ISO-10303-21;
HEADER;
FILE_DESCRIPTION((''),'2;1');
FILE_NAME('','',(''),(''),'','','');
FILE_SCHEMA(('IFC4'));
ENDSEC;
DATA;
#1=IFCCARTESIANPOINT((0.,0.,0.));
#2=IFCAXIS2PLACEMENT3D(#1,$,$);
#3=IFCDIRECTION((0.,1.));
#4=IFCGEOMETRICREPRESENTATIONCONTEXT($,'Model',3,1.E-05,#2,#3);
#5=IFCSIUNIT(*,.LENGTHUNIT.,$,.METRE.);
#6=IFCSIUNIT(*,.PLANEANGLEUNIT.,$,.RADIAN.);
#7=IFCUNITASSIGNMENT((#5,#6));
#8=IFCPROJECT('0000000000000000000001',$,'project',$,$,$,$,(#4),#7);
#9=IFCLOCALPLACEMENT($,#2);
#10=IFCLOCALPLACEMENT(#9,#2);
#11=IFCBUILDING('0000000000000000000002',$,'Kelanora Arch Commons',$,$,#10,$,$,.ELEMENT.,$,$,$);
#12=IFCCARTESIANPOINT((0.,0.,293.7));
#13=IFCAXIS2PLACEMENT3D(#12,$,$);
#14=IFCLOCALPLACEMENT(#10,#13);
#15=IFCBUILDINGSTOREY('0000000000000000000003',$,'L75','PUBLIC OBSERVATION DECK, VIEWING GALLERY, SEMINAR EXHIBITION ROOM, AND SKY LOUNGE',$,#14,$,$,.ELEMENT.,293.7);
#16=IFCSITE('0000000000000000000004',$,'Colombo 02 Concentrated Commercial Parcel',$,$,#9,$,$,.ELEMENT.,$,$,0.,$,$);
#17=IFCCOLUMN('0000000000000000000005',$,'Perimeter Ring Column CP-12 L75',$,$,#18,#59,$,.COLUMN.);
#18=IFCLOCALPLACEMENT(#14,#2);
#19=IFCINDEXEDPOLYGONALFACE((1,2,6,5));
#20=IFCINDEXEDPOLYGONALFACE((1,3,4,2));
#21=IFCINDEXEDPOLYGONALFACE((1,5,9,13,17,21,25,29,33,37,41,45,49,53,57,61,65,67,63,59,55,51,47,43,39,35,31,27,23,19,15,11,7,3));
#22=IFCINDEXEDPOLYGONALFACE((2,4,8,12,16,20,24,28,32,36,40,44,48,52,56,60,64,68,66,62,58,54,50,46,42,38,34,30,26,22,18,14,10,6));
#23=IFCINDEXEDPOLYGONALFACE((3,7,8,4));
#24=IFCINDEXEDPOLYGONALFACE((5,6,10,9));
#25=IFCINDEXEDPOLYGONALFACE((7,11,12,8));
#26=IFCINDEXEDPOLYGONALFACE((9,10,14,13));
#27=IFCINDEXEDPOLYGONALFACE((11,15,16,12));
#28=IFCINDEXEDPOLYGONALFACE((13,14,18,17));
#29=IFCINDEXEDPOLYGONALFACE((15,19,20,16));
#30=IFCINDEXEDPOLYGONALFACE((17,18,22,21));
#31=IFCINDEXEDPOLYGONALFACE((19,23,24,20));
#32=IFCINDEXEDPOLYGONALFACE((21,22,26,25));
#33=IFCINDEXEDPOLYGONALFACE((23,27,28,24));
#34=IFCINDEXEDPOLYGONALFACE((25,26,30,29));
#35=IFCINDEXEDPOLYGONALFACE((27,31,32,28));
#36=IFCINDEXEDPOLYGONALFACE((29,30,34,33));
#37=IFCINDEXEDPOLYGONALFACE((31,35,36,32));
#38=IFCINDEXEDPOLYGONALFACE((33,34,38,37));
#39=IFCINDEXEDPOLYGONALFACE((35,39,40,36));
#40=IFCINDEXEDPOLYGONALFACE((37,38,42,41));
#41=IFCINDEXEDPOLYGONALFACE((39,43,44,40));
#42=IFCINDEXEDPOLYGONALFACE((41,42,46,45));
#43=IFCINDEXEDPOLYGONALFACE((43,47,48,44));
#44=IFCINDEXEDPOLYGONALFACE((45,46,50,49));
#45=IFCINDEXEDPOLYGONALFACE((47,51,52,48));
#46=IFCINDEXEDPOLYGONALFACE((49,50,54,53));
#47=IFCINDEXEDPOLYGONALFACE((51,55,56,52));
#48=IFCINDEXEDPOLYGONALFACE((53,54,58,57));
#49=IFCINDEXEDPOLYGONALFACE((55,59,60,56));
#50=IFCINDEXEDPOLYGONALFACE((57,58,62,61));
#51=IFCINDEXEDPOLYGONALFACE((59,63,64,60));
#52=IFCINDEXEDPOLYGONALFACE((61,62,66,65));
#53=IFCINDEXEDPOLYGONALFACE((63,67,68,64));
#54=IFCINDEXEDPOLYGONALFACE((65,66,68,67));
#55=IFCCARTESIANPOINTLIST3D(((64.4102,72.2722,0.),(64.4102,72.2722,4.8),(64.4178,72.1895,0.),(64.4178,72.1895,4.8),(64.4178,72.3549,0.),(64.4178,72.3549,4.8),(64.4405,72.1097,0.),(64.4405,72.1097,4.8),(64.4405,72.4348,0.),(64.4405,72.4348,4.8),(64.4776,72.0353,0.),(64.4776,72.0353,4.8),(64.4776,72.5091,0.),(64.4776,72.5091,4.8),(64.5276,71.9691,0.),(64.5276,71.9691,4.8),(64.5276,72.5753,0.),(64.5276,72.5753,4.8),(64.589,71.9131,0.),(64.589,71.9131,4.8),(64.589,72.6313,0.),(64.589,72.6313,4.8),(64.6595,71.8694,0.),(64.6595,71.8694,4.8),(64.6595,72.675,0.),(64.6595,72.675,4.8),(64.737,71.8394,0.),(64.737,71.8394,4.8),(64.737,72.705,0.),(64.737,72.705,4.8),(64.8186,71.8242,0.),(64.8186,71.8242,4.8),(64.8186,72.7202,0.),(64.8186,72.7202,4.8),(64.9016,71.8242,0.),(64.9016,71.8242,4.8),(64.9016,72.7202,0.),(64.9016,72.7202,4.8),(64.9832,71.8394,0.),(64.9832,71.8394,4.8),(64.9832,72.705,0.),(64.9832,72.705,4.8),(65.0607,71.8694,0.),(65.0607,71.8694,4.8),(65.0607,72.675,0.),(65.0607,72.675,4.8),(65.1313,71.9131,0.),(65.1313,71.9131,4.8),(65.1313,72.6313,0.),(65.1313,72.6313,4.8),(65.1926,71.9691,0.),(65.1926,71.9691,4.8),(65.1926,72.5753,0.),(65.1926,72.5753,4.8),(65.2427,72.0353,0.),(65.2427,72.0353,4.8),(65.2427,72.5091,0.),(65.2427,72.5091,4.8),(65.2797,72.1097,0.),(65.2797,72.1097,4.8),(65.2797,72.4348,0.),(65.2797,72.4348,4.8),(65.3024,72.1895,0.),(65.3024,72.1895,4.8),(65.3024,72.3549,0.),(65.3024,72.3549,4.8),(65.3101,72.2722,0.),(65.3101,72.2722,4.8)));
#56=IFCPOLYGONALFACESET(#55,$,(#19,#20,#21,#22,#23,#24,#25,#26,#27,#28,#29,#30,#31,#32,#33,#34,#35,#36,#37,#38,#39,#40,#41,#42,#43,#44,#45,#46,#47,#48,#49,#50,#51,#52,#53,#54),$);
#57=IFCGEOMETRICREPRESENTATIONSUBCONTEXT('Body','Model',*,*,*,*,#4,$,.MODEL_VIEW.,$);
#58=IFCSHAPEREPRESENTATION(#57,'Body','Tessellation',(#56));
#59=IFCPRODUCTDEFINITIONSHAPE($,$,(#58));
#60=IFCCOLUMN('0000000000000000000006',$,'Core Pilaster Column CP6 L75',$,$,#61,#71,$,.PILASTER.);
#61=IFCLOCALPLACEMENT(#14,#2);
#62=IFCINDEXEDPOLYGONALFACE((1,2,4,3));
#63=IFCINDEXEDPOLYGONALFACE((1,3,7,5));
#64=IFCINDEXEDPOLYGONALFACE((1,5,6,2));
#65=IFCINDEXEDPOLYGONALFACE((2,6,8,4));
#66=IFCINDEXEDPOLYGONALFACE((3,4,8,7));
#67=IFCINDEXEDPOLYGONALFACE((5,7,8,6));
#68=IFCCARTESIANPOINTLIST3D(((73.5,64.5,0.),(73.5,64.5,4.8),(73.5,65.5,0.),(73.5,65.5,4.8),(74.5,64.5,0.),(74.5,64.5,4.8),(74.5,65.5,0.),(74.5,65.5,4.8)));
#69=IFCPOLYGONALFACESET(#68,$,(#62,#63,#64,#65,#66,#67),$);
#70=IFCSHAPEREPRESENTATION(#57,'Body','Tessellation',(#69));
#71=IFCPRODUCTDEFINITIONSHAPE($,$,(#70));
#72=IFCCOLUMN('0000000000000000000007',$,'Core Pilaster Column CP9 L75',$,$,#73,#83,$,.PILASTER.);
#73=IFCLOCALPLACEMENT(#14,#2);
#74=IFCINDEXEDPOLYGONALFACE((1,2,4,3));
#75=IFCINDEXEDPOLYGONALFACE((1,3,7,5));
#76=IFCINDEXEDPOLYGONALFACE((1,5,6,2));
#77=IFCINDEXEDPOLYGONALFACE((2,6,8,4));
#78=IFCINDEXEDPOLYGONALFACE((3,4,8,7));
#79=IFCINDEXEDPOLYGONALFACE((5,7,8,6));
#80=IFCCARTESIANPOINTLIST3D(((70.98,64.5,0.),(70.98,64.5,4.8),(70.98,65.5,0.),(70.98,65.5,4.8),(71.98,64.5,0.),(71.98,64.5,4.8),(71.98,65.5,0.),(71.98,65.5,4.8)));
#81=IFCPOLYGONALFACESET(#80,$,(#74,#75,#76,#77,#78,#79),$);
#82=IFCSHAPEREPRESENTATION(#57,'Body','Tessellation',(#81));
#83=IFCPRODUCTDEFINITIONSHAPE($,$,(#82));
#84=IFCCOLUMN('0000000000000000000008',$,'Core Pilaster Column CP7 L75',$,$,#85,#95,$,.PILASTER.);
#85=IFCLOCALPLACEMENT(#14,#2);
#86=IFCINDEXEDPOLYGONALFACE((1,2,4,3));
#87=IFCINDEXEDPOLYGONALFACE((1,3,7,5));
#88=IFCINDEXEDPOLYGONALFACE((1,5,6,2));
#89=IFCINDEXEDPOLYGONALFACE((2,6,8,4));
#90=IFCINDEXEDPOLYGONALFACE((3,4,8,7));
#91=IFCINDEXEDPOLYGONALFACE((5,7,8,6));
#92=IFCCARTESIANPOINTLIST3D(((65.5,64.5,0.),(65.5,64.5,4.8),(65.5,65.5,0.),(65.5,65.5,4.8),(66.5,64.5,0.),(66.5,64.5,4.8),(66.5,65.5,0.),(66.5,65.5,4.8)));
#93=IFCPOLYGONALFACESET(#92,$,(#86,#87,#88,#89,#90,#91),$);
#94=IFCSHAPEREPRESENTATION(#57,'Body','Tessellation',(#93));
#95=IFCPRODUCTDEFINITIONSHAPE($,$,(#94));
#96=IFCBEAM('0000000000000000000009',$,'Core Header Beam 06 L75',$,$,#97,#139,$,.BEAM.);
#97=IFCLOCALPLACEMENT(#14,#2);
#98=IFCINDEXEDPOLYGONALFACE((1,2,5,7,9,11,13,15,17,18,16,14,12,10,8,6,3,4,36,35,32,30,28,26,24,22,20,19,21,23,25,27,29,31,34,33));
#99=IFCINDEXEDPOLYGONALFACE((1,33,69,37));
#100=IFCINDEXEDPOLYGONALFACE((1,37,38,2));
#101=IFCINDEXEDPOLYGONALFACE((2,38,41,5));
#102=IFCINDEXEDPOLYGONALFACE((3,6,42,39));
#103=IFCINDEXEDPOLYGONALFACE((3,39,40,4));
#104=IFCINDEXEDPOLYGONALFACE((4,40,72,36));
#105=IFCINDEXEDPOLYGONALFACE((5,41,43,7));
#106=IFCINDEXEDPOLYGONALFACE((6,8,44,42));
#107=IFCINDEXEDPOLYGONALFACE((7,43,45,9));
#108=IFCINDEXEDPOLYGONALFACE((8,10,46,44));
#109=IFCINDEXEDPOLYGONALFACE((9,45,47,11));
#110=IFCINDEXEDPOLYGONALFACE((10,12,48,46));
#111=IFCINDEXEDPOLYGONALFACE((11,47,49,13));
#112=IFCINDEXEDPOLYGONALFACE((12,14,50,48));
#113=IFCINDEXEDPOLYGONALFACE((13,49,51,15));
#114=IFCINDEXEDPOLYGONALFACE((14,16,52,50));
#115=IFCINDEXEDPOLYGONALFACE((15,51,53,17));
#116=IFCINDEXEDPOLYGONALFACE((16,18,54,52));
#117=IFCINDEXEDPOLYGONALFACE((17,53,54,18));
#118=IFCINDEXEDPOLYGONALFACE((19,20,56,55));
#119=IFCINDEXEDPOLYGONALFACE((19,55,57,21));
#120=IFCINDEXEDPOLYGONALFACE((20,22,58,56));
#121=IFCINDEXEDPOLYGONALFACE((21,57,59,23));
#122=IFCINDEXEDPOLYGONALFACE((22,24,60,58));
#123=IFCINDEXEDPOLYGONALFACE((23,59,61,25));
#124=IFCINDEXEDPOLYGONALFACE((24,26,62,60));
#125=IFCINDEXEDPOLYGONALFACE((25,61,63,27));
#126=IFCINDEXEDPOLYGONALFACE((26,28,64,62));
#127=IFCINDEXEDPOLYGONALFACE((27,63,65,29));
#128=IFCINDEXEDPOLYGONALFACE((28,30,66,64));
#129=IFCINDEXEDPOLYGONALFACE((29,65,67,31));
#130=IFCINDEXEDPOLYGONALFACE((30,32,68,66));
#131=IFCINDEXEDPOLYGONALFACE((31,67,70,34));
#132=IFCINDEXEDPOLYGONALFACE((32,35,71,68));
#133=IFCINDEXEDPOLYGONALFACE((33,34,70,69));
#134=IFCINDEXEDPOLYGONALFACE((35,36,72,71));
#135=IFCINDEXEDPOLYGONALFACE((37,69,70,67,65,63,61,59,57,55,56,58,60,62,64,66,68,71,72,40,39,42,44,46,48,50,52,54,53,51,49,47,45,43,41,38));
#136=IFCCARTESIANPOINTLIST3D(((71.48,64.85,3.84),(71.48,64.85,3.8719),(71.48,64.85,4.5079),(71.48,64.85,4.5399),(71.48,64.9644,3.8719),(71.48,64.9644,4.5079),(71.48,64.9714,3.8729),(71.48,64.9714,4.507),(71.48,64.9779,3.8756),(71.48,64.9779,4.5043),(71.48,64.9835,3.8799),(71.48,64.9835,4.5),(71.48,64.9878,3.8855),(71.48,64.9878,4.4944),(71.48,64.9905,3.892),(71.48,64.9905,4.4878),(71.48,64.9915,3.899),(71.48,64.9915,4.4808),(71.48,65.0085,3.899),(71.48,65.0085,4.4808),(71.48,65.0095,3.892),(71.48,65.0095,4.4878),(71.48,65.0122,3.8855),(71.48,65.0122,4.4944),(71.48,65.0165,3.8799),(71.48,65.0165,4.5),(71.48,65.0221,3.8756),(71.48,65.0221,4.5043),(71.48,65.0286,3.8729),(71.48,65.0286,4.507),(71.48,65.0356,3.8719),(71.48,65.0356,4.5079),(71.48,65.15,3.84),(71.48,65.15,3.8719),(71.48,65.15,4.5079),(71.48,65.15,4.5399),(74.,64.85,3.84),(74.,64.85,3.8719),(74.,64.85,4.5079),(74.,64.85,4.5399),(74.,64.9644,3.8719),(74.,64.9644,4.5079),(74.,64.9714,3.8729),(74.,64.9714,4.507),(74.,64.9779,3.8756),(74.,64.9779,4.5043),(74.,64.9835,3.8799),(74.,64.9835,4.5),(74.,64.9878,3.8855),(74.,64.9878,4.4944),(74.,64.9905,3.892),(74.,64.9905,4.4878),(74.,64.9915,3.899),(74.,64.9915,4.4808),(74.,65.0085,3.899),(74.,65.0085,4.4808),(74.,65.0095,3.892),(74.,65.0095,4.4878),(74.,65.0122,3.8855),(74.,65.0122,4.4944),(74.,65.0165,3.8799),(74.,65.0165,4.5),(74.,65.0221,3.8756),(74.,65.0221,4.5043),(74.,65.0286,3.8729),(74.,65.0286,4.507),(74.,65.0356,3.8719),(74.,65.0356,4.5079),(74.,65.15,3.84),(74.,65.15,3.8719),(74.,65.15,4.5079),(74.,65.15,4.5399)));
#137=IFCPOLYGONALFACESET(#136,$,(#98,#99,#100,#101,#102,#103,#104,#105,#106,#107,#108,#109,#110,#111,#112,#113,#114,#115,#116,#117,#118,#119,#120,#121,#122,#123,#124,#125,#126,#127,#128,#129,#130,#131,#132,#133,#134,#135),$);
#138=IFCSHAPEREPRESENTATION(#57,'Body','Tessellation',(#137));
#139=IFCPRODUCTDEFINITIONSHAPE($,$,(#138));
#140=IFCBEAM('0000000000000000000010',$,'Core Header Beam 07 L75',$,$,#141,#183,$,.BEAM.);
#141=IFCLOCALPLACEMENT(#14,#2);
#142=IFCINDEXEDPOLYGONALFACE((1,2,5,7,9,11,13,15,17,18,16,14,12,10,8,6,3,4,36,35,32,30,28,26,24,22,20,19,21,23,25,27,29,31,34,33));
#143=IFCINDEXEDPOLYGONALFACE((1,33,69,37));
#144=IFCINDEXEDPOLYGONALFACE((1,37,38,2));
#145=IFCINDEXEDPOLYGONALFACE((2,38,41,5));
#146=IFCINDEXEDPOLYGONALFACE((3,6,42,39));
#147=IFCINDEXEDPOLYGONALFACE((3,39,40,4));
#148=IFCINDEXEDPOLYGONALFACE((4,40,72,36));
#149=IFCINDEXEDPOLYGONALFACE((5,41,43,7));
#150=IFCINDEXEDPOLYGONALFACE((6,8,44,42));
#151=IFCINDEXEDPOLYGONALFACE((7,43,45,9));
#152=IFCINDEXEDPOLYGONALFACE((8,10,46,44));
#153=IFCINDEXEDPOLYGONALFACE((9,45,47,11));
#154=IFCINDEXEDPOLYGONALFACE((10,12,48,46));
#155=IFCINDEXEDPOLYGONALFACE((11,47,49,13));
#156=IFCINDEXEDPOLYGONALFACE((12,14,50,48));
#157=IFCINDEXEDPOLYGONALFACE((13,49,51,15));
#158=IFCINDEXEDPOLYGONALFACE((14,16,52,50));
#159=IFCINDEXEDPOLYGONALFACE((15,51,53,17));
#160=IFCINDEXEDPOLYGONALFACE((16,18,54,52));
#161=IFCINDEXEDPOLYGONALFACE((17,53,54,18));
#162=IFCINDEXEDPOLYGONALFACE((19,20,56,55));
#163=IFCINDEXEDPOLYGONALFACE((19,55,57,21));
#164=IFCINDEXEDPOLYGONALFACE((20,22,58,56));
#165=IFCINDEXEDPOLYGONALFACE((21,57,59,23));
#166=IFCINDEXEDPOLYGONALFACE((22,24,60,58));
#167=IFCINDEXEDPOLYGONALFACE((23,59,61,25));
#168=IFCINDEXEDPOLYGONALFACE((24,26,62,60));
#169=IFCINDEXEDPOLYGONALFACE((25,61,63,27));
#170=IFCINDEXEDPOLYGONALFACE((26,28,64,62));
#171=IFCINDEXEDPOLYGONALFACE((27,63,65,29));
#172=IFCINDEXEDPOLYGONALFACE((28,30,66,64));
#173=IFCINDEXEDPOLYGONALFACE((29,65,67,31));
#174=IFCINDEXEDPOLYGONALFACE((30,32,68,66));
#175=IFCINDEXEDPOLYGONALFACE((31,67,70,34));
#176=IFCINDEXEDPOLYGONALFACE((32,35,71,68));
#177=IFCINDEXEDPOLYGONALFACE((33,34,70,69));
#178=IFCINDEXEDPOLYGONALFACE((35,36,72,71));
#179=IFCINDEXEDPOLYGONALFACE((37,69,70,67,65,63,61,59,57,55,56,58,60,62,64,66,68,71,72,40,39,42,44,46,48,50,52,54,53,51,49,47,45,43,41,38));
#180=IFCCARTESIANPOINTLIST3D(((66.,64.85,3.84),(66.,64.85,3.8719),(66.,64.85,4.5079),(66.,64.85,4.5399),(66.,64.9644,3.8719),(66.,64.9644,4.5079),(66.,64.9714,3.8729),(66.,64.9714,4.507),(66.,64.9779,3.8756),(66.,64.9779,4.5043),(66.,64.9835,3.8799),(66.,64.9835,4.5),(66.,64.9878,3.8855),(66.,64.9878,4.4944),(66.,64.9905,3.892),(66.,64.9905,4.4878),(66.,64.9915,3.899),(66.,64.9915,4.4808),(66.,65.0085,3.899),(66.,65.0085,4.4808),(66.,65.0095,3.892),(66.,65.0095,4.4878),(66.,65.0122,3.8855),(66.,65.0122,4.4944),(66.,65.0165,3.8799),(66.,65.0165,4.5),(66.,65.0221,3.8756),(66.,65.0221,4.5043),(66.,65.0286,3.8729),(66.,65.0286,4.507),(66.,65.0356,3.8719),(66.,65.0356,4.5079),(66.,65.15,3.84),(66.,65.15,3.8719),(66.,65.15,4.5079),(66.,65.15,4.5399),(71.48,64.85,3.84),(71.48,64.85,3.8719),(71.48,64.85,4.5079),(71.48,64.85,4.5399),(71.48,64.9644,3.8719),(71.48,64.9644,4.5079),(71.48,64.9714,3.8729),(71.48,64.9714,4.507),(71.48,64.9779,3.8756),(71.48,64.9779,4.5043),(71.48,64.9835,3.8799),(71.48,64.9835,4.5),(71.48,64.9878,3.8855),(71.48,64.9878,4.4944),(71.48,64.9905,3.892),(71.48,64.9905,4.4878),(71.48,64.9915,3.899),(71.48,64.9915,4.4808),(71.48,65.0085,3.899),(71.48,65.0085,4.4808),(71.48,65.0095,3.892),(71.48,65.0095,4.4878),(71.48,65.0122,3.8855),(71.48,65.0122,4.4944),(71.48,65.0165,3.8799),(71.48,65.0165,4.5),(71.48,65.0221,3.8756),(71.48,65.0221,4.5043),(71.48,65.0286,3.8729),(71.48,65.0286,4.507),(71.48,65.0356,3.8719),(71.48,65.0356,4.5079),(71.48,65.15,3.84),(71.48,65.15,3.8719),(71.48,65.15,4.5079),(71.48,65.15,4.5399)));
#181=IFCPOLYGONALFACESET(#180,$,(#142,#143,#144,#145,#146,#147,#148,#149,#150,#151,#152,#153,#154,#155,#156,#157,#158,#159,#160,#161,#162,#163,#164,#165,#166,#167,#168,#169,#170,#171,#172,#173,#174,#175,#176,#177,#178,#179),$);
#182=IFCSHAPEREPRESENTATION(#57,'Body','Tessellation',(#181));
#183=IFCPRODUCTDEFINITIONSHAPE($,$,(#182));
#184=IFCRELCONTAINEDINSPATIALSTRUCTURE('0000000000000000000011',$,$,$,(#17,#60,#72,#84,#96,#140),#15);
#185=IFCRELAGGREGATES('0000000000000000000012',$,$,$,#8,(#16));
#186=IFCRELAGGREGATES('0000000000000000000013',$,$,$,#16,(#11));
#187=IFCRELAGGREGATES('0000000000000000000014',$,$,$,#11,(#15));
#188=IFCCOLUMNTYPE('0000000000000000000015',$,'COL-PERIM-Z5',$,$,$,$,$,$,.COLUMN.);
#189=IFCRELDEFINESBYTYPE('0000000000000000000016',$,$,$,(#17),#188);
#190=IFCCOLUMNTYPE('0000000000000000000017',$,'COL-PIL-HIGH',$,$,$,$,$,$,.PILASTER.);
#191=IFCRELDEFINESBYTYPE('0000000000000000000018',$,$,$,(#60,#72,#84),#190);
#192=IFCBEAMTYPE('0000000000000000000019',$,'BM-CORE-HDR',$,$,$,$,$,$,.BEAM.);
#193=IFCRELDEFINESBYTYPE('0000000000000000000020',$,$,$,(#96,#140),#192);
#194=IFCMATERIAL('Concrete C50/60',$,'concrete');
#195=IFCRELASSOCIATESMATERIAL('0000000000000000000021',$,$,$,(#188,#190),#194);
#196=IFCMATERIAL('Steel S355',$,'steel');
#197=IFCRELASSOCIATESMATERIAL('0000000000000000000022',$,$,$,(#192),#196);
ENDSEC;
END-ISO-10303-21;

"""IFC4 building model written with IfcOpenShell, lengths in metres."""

from ifc_helpers import new_model, si_unit, direction, frame, origin, origin_2d, place, context, subcontext, project, spatial, rectangle, circle, i_section, extrude, material, material_profile, profile_set, type_object, element, save


model = new_model("IFC4")

# Units and contexts
model_context = context("Model", 3, precision=1e-05, world=origin(), true_north=direction((0.0, 1.0)))
body_context = subcontext(model_context, "Body", "Model", "MODEL_VIEW")
ifc_project = project(units=[si_unit("LENGTHUNIT", "METRE"), si_unit("PLANEANGLEUNIT", "RADIAN")], contexts=[model_context])

# Site, building, storey
site_placement = place(None, origin())
site = spatial("IfcSite", under=ifc_project, at=site_placement, Name="Colombo 02 Concentrated Commercial Parcel", CompositionType="ELEMENT", RefElevation=0.0)
building_placement = place(site_placement, origin())
building = spatial("IfcBuilding", under=site, at=building_placement, Name="Kelanora Arch Commons", CompositionType="ELEMENT")
storey_placement = place(building_placement, frame((0.0, 0.0, 293.7)))
storey = spatial("IfcBuildingStorey", under=building, at=storey_placement, Name="L75", Description="PUBLIC OBSERVATION DECK, VIEWING GALLERY, SEMINAR EXHIBITION ROOM, AND SKY LOUNGE", CompositionType="ELEMENT", Elevation=293.7)

# Columns
ifc_material_1 = material(Name="Concrete C50/60", Category="concrete")
ifc_material_profile_1 = material_profile(ifc_material_1, circle(Radius=0.45, at=origin_2d()), Name="RCC900")
ifc_profile_set_1 = profile_set([ifc_material_profile_1], Name="Concrete C50/60")
column_type_1 = type_object("IfcColumnType", Name="COL-PERIM-Z5", PredefinedType="COLUMN", material=ifc_profile_set_1)
column_placement = place(storey_placement, frame((64.8601, 72.2722, 0.0), z_axis=(0.0, 0.0, 1.0), x_axis=(1.0, 0.0, 0.0)))
element("IfcColumn", 1, at=column_placement, inside=storey, type_object=column_type_1, Name="Perimeter Ring Column CP-12 L75", PredefinedType="COLUMN", context=body_context, shape_type="SweptSolid", body=[
    extrude(circle(Radius=0.45, at=origin_2d()), origin(), (0.0, 0.0, 1.0), 4.8),
])
ifc_material_profile_2 = material_profile(ifc_material_1, rectangle(XDim=1.0, YDim=1.0, at=origin_2d()), Name="RC1000x1000")
ifc_profile_set_2 = profile_set([ifc_material_profile_2], Name="Concrete C50/60")
column_type_2 = type_object("IfcColumnType", Name="COL-PIL-HIGH", PredefinedType="PILASTER", material=ifc_profile_set_2)
for number, where, z_axis, x_axis, name in (
    (2, (74.0, 65.0, 0.0), (0.0, 0.0, 1.0), (1.0, 0.0, 0.0), "Core Pilaster Column CP6 L75"),
    (3, (71.48, 65.0, 0.0), (0.0, 0.0, 1.0), (1.0, 0.0, 0.0), "Core Pilaster Column CP9 L75"),
    (4, (66.0, 65.0, 0.0), (0.0, 0.0, 1.0), (1.0, 0.0, 0.0), "Core Pilaster Column CP7 L75"),
):
    element("IfcColumn", number, at=place(storey_placement, frame(where, z_axis=z_axis, x_axis=x_axis)), inside=storey, type_object=column_type_2, Name=name, PredefinedType="PILASTER", context=body_context, shape_type="SweptSolid", body=[
        extrude(rectangle(XDim=1.0, YDim=1.0, at=origin_2d()), origin(), (0.0, 0.0, 1.0), 4.8),
    ])

# Beams
ifc_material_2 = material(Name="Steel S355", Category="steel")
ifc_material_profile_3 = material_profile(ifc_material_2, i_section(OverallWidth=0.3, OverallDepth=0.7, WebThickness=0.0171, FlangeThickness=0.032, FilletRadius=0.0271, at=origin_2d()), Name="HEB700")
ifc_profile_set_3 = profile_set([ifc_material_profile_3], Name="Steel S355")
beam_type_1 = type_object("IfcBeamType", Name="BM-CORE-HDR", PredefinedType="BEAM", material=ifc_profile_set_3)
beam_1_placement = place(storey_placement, frame((74.0, 65.0, 4.1899), z_axis=(-1.0, 0.0, 0.0), x_axis=(0.0, -1.0, 0.0)))
element("IfcBeam", 5, at=beam_1_placement, inside=storey, type_object=beam_type_1, Name="Core Header Beam 06 L75", PredefinedType="BEAM", context=body_context, shape_type="SweptSolid", body=[
    extrude(i_section(OverallWidth=0.3, OverallDepth=0.7, WebThickness=0.0171, FlangeThickness=0.032, FilletRadius=0.0271, at=origin_2d()), origin(), (0.0, 0.0, 1.0), 2.52),
])
beam_2_placement = place(storey_placement, frame((71.48, 65.0, 4.1899), z_axis=(-1.0, 0.0, 0.0), x_axis=(0.0, -1.0, 0.0)))
element("IfcBeam", 6, at=beam_2_placement, inside=storey, type_object=beam_type_1, Name="Core Header Beam 07 L75", PredefinedType="BEAM", context=body_context, shape_type="SweptSolid", body=[
    extrude(i_section(OverallWidth=0.3, OverallDepth=0.7, WebThickness=0.0171, FlangeThickness=0.032, FilletRadius=0.0271, at=origin_2d()), origin(), (0.0, 0.0, 1.0), 5.48),
])

save(model, "model.ifc")
